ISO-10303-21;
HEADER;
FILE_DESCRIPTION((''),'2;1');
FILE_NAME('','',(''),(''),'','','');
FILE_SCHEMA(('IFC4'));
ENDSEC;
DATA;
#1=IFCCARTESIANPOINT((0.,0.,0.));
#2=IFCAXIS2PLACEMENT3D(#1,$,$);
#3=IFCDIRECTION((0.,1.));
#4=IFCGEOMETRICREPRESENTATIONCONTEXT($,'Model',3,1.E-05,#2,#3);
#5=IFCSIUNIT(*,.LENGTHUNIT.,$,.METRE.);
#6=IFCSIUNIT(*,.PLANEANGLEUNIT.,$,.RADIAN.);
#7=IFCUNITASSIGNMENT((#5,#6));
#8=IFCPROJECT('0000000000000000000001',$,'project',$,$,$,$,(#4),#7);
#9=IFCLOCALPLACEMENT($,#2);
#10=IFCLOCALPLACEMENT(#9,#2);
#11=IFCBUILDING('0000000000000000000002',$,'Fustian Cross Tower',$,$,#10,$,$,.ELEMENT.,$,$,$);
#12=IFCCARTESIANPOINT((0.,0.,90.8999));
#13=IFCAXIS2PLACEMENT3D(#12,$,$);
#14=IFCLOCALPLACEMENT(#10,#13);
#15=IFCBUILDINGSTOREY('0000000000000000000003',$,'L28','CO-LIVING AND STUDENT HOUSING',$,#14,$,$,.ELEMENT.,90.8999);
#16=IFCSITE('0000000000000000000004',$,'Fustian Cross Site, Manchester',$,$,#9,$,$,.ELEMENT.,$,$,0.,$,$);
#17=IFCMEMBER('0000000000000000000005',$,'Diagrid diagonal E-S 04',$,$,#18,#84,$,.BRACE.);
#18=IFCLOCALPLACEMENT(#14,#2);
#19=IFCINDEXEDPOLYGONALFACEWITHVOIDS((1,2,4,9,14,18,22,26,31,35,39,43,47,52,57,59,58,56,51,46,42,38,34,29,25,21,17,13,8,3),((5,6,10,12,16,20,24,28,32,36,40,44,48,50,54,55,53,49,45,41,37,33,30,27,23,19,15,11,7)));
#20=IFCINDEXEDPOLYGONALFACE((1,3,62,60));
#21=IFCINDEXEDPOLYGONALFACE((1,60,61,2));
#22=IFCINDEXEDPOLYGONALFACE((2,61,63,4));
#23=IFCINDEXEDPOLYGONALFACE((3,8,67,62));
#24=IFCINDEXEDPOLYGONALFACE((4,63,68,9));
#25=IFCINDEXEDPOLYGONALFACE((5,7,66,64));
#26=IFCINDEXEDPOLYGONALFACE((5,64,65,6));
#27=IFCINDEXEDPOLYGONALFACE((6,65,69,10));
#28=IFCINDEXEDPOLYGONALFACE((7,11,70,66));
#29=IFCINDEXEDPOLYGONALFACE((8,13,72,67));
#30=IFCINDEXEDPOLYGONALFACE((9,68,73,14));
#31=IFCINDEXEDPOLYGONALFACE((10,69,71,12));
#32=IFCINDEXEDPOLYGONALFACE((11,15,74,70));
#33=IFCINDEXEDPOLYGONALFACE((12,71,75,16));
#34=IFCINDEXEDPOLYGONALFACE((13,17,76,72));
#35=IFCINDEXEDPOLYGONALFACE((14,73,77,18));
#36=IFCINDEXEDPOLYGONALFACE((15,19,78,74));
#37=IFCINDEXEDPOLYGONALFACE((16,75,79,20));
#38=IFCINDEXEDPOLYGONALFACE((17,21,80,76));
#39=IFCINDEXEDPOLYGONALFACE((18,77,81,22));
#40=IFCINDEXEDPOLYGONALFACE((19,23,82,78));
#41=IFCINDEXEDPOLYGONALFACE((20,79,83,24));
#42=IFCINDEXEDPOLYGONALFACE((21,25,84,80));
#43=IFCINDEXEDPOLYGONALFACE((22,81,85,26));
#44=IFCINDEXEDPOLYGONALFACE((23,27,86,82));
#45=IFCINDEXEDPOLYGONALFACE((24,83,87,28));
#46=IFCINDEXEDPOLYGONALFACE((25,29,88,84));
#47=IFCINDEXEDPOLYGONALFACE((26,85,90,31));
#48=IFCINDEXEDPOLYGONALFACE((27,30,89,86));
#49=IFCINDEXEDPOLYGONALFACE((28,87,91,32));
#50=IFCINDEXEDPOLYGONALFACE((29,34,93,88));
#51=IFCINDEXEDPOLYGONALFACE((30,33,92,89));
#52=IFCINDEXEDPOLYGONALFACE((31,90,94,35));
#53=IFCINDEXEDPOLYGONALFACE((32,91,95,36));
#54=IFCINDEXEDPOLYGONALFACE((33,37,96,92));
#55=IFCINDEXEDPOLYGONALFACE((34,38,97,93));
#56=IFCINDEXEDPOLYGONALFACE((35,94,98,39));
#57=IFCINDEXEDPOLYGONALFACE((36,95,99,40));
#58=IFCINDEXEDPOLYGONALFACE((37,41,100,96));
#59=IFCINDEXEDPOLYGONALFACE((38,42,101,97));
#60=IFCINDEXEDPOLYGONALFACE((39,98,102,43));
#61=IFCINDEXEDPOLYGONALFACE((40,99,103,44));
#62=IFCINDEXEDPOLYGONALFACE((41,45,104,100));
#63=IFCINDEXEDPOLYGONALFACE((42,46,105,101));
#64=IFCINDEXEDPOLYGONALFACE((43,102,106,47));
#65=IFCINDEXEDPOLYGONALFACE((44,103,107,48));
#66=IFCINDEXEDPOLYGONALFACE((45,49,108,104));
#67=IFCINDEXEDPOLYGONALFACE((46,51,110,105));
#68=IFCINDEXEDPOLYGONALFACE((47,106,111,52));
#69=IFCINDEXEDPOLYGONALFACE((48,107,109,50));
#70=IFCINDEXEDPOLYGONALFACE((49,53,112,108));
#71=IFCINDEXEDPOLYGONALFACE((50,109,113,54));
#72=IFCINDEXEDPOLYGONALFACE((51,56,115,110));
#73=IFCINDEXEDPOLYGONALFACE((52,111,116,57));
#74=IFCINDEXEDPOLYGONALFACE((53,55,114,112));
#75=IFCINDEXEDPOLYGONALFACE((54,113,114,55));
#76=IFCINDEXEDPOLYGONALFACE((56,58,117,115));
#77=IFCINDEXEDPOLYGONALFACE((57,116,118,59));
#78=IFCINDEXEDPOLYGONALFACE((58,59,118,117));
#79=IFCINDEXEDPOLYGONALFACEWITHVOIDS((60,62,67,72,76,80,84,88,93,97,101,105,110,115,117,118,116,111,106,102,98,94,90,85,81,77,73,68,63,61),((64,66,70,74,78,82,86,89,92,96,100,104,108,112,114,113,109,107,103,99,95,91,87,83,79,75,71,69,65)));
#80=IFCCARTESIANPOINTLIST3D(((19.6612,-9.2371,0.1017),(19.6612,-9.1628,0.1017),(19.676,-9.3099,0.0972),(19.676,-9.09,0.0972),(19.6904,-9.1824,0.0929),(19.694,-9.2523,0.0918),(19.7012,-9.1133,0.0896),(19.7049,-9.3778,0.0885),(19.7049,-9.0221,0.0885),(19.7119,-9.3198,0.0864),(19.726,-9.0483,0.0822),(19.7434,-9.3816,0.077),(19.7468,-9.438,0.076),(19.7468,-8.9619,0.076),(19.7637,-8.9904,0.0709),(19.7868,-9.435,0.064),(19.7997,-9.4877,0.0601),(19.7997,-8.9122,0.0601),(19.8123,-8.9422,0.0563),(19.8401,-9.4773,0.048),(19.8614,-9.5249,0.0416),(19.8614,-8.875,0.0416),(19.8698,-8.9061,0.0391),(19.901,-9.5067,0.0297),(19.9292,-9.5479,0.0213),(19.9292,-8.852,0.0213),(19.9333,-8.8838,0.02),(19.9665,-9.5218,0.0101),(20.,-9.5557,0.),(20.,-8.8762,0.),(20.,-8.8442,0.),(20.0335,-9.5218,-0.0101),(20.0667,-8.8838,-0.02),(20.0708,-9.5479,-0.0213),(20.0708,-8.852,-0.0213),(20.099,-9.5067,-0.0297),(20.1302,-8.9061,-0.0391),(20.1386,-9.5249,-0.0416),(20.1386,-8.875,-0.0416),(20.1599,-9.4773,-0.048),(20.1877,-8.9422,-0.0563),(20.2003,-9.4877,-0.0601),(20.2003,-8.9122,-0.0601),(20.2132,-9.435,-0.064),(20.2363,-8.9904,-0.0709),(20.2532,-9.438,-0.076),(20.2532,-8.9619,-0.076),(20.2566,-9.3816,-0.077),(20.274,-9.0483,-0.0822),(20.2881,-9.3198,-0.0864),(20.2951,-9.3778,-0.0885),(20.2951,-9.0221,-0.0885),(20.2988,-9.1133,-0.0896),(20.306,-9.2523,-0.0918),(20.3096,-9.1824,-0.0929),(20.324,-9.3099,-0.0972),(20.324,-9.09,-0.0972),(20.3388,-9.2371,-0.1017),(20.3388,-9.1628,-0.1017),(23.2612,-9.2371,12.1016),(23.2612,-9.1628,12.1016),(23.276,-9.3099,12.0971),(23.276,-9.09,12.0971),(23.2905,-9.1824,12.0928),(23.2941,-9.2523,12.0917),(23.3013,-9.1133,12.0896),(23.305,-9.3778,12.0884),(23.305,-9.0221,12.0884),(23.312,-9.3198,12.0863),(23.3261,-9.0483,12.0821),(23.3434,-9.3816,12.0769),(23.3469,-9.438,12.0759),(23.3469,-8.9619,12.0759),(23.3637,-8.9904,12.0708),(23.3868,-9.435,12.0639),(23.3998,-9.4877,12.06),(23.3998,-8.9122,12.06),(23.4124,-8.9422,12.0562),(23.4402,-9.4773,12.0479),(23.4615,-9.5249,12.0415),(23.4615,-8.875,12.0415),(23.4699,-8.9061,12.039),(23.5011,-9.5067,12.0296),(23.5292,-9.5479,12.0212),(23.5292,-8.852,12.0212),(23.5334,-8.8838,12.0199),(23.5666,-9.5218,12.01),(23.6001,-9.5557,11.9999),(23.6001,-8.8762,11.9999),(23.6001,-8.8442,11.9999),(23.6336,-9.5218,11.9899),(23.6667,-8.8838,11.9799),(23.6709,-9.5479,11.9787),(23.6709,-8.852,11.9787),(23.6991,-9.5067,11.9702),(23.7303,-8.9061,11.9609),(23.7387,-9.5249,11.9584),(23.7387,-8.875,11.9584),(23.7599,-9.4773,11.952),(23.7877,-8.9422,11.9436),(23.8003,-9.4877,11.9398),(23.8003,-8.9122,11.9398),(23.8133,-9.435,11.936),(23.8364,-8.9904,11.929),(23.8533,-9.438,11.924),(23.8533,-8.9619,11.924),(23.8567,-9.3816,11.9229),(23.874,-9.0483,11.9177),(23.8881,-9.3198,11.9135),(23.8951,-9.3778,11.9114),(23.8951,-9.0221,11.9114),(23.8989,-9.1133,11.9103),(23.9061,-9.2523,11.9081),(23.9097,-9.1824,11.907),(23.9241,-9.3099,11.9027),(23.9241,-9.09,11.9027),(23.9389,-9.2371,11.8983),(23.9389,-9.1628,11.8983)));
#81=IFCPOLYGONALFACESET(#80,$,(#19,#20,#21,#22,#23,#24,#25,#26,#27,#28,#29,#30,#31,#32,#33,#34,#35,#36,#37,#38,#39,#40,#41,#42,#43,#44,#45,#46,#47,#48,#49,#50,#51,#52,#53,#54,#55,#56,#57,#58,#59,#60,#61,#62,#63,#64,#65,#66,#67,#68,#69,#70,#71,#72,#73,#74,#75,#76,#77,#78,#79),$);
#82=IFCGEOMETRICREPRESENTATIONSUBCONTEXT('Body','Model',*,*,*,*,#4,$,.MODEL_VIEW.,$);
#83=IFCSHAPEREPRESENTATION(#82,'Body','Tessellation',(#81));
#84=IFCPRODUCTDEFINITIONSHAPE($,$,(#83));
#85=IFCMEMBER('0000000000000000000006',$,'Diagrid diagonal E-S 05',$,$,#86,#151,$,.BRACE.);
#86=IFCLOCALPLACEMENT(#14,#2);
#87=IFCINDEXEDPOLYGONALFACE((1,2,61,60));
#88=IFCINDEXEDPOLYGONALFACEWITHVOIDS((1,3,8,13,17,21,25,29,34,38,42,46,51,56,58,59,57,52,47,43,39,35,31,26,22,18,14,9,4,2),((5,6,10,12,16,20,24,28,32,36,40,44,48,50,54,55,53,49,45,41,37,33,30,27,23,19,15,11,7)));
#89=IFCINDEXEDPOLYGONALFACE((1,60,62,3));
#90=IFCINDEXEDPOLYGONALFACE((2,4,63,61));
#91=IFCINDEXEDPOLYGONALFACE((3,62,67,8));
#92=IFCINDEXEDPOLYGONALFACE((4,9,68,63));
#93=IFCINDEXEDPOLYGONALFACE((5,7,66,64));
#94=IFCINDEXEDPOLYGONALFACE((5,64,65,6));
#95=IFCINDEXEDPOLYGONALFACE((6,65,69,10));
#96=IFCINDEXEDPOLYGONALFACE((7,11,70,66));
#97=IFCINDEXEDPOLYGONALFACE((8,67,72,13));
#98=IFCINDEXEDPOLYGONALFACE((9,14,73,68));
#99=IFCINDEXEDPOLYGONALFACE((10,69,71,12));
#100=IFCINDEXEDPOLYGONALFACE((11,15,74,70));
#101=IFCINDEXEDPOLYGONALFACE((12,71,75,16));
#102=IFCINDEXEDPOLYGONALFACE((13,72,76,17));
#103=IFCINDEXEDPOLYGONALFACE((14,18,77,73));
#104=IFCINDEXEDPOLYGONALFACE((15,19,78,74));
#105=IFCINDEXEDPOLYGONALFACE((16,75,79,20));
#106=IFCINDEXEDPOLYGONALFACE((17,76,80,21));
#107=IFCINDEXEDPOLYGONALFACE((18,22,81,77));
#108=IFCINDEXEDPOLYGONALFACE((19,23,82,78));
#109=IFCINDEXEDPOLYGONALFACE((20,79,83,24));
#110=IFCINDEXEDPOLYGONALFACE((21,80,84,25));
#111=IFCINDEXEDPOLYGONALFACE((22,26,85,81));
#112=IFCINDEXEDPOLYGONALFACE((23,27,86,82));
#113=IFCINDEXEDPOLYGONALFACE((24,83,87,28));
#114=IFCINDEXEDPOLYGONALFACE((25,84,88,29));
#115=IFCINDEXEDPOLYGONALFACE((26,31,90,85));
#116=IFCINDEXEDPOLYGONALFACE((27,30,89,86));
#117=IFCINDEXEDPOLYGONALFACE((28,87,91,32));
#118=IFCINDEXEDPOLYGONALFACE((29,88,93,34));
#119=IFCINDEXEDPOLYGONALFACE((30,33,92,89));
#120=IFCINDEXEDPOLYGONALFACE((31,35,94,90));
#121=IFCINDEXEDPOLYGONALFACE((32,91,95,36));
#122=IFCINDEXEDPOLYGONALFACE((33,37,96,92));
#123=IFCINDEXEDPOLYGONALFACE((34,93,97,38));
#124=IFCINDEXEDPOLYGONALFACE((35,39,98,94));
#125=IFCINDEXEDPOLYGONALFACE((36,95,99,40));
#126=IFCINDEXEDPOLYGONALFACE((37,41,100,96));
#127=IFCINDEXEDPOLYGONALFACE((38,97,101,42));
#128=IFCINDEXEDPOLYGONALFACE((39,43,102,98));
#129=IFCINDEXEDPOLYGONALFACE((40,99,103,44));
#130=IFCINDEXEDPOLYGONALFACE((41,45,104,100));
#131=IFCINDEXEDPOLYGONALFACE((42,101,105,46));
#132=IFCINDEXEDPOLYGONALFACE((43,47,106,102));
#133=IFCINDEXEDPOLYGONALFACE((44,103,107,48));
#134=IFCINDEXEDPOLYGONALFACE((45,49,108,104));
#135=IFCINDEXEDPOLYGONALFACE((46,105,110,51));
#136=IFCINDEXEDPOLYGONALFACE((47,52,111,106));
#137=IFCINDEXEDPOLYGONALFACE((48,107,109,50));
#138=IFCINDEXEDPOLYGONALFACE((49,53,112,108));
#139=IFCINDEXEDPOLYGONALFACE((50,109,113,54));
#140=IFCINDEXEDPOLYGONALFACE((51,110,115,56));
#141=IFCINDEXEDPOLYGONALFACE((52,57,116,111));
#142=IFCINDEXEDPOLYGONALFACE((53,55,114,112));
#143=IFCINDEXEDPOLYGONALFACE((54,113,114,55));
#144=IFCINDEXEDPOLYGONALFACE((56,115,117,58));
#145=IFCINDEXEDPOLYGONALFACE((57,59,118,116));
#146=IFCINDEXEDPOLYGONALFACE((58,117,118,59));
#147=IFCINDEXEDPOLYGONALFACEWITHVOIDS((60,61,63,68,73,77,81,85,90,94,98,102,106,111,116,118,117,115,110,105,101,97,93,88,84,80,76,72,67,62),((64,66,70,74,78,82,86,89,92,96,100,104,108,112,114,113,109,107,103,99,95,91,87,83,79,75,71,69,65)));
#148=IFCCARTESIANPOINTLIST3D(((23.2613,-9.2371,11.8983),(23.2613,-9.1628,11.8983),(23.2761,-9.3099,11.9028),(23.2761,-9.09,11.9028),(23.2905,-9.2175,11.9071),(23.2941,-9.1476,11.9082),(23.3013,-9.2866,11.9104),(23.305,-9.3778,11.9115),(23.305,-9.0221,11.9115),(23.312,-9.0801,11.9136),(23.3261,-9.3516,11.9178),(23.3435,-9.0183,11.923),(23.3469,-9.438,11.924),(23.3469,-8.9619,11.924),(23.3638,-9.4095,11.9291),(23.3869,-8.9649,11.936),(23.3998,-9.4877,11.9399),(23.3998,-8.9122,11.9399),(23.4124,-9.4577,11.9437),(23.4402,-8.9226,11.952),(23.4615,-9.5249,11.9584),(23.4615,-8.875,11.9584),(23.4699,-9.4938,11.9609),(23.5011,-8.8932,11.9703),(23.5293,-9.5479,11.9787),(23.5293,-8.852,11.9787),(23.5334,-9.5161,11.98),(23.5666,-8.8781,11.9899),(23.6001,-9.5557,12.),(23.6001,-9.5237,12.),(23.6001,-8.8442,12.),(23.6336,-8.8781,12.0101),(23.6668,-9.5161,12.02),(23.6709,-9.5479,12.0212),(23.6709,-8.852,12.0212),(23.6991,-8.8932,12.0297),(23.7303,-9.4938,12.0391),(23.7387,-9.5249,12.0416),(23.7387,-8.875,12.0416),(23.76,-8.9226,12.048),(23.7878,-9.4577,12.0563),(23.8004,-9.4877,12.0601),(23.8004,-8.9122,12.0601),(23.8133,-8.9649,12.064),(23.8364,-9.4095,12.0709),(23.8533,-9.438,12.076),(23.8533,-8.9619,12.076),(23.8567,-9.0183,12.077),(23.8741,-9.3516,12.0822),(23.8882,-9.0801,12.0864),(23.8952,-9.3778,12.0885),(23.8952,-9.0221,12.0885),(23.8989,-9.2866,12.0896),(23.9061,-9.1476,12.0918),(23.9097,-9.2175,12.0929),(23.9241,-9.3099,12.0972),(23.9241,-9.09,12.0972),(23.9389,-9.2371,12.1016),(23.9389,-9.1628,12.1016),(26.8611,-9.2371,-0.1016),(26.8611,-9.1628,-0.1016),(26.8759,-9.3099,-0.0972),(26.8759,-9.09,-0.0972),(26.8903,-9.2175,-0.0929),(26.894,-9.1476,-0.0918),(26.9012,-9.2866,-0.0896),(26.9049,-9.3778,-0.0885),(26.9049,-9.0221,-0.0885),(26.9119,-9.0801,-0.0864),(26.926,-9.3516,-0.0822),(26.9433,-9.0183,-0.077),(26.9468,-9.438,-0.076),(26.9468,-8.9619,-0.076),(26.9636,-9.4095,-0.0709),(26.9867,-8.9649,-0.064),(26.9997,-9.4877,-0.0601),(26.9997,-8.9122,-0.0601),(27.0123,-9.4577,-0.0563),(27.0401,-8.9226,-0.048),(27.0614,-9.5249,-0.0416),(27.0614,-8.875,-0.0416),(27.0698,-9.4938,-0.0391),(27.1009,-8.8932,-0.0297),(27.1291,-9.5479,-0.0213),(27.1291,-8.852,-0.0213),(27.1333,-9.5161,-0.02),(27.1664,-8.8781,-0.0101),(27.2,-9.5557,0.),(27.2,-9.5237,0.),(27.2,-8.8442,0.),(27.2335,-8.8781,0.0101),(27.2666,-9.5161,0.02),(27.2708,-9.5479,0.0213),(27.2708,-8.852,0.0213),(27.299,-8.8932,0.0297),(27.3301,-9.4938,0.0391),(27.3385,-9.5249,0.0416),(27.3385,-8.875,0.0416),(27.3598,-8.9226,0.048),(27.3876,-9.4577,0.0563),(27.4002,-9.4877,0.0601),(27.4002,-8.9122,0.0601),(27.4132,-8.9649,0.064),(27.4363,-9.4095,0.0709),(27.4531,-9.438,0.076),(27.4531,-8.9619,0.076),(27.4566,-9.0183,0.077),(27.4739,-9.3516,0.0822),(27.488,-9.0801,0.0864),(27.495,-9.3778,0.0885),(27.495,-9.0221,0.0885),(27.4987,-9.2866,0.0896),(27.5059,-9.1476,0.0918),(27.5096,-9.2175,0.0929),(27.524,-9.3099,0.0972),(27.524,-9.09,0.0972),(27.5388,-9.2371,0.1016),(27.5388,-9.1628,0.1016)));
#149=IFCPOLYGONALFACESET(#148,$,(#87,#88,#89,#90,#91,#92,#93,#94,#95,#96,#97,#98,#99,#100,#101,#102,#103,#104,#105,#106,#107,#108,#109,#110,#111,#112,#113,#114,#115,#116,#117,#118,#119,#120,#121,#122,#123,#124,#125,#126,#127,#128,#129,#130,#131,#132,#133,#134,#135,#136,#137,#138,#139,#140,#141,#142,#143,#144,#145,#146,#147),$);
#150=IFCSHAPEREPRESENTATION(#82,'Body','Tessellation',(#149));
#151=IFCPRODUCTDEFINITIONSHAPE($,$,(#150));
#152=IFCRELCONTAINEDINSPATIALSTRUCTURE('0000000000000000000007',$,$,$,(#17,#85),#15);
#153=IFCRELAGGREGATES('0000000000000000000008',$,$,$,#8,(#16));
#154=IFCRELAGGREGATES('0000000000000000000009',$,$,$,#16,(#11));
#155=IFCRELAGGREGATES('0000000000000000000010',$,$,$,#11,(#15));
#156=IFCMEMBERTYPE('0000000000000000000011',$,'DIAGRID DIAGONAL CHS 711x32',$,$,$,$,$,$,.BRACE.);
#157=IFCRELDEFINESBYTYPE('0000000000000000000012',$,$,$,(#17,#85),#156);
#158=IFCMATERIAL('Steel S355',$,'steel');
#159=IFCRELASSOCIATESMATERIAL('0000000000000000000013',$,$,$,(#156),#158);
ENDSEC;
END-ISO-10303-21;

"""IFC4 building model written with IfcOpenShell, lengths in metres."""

from ifc_helpers import new_model, si_unit, direction, frame, origin, origin_2d, place, context, subcontext, project, spatial, hollow_circle, extrude, material, material_profile, profile_set, type_object, element, save


model = new_model("IFC4")

# Units and contexts
model_context = context("Model", 3, precision=1e-05, world=origin(), true_north=direction((0.0, 1.0)))
body_context = subcontext(model_context, "Body", "Model", "MODEL_VIEW")
ifc_project = project(units=[si_unit("LENGTHUNIT", "METRE"), si_unit("PLANEANGLEUNIT", "RADIAN")], contexts=[model_context])

# Site, building, storey
site_placement = place(None, origin())
site = spatial("IfcSite", under=ifc_project, at=site_placement, Name="Fustian Cross Site, Manchester", CompositionType="ELEMENT", RefElevation=0.0)
building_placement = place(site_placement, origin())
building = spatial("IfcBuilding", under=site, at=building_placement, Name="Fustian Cross Tower", CompositionType="ELEMENT")
storey_placement = place(building_placement, frame((0.0, 0.0, 90.8999)))
storey = spatial("IfcBuildingStorey", under=building, at=storey_placement, Name="L28", Description="CO-LIVING AND STUDENT HOUSING", CompositionType="ELEMENT", Elevation=90.8999)

# Members
ifc_material_1 = material(Name="Steel S355", Category="steel")
ifc_material_profile_1 = material_profile(ifc_material_1, hollow_circle(Radius=0.3557, WallThickness=0.032, at=origin_2d()), Name="CHS 711x32")
ifc_profile_set_1 = profile_set([ifc_material_profile_1], Name="Steel S355")
member_type_1 = type_object("IfcMemberType", Name="DIAGRID DIAGONAL CHS 711x32", PredefinedType="BRACE", material=ifc_profile_set_1)
for number, where, z_axis, x_axis, name in (
    (1, (20.0, -9.2, 0.0), (0.287355, 0.0, 0.957824), (0.0, 1.0, 0.0), "Diagrid diagonal E-S 04"),
    (2, (27.2, -9.2, 0.0), (-0.287337, 0.0, 0.95783), (0.0, -1.0, 0.0), "Diagrid diagonal E-S 05"),
):
    element("IfcMember", number, at=place(storey_placement, frame(where, z_axis=z_axis, x_axis=x_axis)), inside=storey, type_object=member_type_1, Name=name, PredefinedType="BRACE", context=body_context, shape_type="SweptSolid", body=[
        extrude(hollow_circle(Radius=0.3557, WallThickness=0.032, at=origin_2d()), origin(), (0.0, 0.0, 1.0), 12.5283),
    ])

save(model, "model.ifc")
